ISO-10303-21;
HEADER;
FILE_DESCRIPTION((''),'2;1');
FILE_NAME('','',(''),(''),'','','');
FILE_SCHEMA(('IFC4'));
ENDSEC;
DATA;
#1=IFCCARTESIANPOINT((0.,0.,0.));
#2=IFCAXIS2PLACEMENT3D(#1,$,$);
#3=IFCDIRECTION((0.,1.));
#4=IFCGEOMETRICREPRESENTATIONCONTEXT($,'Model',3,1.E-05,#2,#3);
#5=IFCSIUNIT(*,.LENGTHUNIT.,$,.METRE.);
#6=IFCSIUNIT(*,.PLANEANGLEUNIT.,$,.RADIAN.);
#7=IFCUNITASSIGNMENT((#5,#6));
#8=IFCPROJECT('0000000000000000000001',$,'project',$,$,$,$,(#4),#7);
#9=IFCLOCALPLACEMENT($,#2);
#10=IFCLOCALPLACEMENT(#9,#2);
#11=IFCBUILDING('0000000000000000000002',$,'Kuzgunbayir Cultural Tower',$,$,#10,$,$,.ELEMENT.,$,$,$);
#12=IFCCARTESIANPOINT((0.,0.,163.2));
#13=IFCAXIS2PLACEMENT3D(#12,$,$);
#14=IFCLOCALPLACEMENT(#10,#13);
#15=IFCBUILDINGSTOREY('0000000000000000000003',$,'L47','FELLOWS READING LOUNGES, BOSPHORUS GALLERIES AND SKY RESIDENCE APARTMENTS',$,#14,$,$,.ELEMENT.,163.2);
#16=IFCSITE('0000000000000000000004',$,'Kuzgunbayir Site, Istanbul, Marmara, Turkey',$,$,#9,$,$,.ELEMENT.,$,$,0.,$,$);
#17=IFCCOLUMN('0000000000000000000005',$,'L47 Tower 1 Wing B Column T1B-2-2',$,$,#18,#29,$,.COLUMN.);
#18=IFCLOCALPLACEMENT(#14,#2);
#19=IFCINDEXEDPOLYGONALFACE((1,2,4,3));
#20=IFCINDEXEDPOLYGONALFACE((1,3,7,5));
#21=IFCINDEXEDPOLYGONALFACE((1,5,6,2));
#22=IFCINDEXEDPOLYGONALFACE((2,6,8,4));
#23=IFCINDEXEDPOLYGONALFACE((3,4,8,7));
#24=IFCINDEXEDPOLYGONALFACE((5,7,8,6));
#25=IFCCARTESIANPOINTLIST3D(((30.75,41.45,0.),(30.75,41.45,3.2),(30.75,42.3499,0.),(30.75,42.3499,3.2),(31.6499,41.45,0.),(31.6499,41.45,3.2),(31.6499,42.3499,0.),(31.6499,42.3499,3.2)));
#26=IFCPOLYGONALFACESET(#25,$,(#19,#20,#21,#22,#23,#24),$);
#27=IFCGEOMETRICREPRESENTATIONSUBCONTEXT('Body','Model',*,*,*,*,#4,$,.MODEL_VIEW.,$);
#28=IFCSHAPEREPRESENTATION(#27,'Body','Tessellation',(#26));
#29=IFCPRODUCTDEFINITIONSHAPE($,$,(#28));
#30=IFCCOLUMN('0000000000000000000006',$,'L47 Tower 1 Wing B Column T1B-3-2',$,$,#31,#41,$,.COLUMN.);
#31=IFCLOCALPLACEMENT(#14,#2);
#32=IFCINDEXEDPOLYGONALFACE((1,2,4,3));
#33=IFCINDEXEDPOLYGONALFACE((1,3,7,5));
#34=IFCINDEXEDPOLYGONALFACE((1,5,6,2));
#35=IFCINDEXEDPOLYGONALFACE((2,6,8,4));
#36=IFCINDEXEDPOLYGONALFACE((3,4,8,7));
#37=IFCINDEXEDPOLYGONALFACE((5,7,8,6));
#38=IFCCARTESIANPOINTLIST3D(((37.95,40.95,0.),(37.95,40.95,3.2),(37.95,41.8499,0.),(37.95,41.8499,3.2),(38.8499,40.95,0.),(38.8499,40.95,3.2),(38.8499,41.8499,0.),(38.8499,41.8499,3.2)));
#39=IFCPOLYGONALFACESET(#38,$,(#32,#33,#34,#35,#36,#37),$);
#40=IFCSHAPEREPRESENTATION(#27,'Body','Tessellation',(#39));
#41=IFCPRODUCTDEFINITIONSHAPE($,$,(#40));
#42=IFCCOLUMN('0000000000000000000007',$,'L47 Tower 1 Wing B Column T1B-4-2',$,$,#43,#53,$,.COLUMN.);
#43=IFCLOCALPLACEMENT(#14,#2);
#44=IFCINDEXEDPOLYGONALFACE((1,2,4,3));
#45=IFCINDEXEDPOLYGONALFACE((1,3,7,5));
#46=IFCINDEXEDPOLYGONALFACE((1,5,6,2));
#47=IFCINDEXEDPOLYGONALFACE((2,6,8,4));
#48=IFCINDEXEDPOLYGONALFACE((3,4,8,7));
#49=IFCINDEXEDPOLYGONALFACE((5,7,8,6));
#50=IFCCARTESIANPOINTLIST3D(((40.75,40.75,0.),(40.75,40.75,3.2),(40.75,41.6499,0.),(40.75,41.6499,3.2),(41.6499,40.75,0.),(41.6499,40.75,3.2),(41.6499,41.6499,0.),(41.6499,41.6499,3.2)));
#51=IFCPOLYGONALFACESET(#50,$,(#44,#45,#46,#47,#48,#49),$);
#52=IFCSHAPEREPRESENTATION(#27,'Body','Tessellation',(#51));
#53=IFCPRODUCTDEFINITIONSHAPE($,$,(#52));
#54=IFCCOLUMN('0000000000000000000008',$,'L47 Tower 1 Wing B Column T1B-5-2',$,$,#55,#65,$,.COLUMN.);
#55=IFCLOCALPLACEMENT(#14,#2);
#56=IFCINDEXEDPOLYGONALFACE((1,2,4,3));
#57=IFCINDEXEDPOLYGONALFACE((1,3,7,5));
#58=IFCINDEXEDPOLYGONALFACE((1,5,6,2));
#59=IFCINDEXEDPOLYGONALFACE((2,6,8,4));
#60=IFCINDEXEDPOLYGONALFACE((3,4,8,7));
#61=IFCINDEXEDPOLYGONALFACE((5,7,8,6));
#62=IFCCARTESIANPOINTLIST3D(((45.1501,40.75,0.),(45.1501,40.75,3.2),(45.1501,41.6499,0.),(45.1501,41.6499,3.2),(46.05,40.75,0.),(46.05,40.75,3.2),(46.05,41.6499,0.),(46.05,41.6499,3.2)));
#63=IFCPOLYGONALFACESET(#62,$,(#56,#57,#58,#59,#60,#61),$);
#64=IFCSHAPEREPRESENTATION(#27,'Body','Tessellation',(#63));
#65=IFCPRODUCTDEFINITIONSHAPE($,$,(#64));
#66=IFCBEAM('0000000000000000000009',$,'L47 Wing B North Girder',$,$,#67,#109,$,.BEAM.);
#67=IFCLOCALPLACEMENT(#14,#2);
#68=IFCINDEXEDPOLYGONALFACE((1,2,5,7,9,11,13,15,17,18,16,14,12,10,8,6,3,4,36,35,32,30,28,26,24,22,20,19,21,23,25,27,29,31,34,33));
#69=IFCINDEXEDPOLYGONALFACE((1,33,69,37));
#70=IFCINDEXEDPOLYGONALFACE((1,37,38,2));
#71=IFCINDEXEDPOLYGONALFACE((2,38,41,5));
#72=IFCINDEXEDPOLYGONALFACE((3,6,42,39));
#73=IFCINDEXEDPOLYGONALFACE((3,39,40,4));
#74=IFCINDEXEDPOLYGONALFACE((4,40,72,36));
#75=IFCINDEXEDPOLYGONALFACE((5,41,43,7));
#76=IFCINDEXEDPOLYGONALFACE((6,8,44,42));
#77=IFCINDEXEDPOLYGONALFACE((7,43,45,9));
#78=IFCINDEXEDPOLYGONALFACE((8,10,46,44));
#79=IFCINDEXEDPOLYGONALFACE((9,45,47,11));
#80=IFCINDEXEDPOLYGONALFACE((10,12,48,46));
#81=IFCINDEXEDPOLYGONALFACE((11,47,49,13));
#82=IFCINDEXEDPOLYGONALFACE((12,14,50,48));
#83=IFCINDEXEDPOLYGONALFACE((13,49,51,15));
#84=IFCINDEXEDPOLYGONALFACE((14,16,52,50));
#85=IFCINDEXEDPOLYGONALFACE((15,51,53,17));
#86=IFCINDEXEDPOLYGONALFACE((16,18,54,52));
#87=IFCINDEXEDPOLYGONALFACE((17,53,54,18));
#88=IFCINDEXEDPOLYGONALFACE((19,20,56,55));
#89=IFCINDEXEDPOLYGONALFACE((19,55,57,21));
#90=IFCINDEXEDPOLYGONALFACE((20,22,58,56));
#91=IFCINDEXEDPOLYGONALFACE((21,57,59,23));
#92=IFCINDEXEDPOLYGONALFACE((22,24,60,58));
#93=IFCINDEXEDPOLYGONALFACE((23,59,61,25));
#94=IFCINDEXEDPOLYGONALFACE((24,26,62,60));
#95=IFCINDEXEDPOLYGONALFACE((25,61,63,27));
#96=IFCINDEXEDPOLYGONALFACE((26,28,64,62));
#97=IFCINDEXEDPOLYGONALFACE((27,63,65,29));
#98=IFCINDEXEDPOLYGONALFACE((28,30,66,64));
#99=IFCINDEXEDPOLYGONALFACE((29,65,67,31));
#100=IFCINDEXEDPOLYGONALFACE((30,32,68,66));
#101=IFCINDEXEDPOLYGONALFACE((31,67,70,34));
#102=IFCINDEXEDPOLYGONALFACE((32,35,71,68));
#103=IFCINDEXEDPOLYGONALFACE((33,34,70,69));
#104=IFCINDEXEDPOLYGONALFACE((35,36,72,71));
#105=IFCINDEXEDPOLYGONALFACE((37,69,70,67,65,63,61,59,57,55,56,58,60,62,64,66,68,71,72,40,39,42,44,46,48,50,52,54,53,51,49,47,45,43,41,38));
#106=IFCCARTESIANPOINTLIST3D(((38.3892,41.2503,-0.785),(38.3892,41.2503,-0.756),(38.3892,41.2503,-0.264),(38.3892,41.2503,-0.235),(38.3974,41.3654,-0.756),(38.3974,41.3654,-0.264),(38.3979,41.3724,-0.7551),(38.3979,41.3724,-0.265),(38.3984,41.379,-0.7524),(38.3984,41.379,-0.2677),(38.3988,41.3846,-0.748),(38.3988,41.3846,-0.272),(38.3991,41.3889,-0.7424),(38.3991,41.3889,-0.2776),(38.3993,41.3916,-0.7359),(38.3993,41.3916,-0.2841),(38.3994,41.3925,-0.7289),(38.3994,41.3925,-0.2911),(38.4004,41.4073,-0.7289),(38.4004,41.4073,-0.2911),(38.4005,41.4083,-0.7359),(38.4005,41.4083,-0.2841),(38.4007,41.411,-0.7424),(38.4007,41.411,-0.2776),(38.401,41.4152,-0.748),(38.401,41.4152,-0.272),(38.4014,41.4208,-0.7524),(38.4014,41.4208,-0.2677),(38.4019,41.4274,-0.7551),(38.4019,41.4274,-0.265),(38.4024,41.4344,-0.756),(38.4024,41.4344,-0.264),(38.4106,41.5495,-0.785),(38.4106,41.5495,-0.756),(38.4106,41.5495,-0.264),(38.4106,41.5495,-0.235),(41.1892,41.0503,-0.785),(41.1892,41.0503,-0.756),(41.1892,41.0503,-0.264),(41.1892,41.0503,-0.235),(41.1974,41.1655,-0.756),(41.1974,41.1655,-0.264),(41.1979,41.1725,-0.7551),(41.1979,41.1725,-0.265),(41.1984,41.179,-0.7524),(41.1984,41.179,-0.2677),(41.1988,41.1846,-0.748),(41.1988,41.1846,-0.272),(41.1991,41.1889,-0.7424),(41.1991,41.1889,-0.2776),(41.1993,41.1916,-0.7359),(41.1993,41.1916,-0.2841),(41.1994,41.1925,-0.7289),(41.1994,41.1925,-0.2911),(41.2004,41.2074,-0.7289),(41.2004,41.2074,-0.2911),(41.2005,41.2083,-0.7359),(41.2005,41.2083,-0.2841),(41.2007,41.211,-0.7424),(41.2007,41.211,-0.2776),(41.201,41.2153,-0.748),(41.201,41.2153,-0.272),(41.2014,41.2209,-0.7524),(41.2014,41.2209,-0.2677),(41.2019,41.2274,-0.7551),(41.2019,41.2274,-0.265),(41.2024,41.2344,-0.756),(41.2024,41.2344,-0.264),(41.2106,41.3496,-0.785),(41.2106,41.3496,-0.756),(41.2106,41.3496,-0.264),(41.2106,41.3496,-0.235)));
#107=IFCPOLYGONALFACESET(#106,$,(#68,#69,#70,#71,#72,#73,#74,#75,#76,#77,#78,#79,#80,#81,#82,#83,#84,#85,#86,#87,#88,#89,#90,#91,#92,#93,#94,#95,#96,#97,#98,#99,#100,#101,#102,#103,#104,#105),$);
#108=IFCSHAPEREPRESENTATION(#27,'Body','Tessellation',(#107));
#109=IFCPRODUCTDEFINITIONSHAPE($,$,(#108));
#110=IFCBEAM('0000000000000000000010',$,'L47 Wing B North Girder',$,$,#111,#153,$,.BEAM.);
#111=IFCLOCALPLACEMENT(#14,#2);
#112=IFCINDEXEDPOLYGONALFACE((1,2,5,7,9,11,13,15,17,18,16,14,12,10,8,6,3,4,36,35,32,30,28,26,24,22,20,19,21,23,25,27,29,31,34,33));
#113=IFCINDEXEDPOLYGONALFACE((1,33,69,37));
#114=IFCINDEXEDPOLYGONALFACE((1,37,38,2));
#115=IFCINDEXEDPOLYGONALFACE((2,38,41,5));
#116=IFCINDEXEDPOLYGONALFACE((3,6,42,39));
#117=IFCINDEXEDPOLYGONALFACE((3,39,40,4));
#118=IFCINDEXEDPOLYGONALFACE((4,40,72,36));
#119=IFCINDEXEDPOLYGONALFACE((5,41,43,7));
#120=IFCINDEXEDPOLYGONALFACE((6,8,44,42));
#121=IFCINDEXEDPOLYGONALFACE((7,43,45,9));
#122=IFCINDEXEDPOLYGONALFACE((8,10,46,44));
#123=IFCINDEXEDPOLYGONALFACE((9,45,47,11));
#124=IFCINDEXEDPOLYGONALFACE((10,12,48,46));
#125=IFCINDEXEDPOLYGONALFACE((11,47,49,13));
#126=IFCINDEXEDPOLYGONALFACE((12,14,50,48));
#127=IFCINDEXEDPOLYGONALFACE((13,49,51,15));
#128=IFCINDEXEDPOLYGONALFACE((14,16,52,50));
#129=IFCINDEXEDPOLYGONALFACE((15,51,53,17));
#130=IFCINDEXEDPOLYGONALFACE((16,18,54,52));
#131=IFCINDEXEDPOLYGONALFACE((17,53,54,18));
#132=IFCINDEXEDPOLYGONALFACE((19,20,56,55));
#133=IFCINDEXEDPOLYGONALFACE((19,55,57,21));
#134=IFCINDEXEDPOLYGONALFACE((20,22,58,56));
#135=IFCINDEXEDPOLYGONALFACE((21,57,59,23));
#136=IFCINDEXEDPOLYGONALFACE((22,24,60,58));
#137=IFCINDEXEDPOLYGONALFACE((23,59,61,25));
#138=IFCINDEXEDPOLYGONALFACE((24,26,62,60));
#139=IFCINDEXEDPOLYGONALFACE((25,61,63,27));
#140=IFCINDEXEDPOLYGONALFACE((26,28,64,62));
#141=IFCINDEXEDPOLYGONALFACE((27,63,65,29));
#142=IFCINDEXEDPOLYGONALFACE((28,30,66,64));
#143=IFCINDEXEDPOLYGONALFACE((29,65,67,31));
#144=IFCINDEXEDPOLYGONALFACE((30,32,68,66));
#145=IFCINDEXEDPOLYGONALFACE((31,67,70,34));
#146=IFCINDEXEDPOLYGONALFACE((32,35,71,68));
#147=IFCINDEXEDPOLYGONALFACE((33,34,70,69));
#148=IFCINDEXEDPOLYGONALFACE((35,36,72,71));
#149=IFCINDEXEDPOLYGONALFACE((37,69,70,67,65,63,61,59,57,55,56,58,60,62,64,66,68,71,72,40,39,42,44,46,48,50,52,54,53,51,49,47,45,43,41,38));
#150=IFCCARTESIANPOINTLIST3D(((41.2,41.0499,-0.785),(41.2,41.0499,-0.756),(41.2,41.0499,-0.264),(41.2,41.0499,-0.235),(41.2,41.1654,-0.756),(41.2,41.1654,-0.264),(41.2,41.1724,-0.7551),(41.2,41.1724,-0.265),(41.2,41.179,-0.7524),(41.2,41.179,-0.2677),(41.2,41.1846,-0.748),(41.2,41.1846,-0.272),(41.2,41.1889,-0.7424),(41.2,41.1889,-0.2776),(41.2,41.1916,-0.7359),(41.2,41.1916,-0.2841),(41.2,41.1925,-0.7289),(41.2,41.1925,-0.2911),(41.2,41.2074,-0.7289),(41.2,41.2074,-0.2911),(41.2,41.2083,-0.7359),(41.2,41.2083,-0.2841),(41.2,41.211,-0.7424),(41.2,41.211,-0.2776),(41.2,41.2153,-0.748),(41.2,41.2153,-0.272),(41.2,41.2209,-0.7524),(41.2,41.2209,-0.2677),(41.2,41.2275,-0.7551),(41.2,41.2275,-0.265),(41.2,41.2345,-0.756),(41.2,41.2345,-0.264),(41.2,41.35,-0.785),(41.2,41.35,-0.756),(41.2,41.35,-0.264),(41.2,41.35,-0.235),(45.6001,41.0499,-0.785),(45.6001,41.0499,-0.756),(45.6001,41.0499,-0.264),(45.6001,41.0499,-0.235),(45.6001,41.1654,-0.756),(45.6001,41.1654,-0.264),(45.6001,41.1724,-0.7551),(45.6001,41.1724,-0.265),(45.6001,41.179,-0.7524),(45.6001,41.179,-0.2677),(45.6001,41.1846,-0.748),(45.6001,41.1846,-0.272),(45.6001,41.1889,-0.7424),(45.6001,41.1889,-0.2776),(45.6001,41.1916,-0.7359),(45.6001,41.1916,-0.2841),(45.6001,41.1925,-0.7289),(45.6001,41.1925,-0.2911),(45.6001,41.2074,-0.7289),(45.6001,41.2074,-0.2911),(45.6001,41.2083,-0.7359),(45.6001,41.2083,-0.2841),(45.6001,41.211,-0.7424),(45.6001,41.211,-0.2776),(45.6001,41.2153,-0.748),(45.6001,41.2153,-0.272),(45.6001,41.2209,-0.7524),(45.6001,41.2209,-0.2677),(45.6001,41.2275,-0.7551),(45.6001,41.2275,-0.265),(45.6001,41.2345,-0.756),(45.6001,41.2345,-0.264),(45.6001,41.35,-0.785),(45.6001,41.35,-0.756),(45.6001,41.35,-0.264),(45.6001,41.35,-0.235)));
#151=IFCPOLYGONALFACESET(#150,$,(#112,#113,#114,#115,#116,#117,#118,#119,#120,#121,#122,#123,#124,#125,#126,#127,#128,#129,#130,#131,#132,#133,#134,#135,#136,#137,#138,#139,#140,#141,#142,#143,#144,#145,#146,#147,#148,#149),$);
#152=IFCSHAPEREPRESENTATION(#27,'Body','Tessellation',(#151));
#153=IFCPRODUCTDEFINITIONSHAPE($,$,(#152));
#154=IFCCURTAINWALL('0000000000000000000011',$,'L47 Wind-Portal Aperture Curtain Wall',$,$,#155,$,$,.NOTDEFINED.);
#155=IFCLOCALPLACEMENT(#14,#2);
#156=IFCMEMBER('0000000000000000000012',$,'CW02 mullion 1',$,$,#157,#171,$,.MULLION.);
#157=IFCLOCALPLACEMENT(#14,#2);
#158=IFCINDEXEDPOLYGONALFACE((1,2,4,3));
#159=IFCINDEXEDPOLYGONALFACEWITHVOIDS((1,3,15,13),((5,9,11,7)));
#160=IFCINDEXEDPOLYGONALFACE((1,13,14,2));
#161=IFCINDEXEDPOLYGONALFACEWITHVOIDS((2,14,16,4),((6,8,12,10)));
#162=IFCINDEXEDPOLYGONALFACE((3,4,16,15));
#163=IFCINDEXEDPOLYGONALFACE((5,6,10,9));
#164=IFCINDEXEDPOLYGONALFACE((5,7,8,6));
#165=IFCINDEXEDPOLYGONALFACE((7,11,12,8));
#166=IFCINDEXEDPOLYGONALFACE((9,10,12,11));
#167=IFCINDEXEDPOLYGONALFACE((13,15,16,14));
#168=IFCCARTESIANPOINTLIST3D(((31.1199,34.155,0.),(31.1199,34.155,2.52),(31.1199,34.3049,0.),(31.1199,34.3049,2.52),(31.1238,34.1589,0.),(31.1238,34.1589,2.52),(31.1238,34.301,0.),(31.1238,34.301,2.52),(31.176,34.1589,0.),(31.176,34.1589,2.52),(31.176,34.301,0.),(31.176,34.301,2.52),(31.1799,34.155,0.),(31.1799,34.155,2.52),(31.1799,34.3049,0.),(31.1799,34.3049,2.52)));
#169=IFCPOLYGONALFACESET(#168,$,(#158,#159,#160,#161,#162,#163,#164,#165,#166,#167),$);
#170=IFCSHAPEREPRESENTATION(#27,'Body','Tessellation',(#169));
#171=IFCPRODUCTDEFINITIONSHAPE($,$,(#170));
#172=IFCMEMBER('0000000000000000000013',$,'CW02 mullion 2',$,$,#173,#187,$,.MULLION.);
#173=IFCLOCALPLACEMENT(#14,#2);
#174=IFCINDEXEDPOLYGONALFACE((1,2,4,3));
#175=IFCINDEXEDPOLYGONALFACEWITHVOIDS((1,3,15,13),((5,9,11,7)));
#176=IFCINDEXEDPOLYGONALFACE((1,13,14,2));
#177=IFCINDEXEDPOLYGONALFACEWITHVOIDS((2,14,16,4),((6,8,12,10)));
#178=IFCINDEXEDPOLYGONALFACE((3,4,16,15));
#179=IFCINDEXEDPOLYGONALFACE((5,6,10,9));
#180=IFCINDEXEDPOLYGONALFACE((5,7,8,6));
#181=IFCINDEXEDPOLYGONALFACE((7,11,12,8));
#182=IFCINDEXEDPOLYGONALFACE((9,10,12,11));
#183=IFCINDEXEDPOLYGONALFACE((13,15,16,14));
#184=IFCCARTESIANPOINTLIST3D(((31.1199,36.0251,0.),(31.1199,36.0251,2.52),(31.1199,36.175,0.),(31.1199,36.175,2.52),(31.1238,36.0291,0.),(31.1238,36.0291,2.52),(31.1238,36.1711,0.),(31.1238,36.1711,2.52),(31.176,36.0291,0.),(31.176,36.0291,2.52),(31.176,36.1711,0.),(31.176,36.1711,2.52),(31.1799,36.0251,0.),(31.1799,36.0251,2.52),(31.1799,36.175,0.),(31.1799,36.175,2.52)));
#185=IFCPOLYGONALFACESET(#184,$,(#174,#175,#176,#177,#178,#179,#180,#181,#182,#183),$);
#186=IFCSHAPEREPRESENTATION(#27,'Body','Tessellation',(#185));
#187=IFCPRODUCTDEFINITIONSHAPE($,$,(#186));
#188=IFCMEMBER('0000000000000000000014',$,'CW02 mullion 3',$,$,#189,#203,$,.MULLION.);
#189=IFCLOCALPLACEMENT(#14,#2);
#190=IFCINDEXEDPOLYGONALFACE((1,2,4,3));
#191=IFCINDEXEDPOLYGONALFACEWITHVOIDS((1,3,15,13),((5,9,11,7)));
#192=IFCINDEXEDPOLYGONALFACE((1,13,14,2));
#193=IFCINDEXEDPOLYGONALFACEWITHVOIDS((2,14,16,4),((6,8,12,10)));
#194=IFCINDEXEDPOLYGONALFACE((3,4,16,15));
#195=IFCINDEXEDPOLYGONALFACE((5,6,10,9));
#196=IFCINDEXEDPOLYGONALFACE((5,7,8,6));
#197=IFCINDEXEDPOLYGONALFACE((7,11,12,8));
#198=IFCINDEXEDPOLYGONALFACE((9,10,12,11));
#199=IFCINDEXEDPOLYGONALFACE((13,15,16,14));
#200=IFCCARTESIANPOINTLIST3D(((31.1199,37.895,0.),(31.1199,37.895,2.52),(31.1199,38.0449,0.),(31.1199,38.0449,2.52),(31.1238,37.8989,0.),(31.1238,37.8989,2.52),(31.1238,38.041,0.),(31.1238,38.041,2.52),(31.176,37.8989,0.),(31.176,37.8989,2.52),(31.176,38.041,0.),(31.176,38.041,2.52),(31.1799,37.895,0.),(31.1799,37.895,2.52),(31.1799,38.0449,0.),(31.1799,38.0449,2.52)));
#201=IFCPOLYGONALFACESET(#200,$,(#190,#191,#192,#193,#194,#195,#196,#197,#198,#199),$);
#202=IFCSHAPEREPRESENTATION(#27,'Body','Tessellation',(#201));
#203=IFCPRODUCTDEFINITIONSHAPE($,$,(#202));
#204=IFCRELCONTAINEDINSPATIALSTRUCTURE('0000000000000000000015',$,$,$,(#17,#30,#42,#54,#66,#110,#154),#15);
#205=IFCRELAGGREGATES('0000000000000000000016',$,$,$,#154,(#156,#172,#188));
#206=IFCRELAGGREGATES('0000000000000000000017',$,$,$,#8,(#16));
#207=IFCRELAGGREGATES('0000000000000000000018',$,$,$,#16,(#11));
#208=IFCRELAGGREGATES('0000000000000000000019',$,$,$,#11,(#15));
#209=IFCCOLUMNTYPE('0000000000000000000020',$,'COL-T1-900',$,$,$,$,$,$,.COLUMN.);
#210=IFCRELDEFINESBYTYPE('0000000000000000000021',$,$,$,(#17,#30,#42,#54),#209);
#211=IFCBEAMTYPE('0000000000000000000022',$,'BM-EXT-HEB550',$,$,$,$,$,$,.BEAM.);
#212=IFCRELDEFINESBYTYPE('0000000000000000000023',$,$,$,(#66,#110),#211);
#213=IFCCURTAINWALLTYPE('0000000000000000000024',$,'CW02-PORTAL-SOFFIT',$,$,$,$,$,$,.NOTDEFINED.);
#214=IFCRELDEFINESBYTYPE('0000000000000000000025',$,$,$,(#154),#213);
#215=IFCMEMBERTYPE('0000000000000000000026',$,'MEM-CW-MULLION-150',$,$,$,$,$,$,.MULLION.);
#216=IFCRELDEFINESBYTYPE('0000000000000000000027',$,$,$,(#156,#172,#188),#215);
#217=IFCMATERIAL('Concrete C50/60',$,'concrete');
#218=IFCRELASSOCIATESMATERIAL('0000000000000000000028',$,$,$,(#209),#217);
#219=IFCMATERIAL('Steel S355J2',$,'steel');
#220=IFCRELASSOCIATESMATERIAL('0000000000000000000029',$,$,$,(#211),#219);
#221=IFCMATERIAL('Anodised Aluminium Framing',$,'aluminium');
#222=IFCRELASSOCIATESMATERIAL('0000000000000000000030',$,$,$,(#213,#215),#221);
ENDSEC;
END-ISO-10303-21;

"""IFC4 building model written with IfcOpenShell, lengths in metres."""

from ifc_helpers import new_model, si_unit, direction, frame, origin, origin_2d, place, context, subcontext, project, spatial, rectangle, hollow_rectangle, i_section, extrude, material, material_profile, profile_set, type_object, element, aggregate, save


model = new_model("IFC4")

# Units and contexts
model_context = context("Model", 3, precision=1e-05, world=origin(), true_north=direction((0.0, 1.0)))
body_context = subcontext(model_context, "Body", "Model", "MODEL_VIEW")
ifc_project = project(units=[si_unit("LENGTHUNIT", "METRE"), si_unit("PLANEANGLEUNIT", "RADIAN")], contexts=[model_context])

# Site, building, storey
site_placement = place(None, origin())
site = spatial("IfcSite", under=ifc_project, at=site_placement, Name="Kuzgunbayir Site, Istanbul, Marmara, Turkey", CompositionType="ELEMENT", RefElevation=0.0)
building_placement = place(site_placement, origin())
building = spatial("IfcBuilding", under=site, at=building_placement, Name="Kuzgunbayir Cultural Tower", CompositionType="ELEMENT")
storey_placement = place(building_placement, frame((0.0, 0.0, 163.2)))
storey = spatial("IfcBuildingStorey", under=building, at=storey_placement, Name="L47", Description="FELLOWS READING LOUNGES, BOSPHORUS GALLERIES AND SKY RESIDENCE APARTMENTS", CompositionType="ELEMENT", Elevation=163.2)

# Columns
ifc_material_1 = material(Name="Concrete C50/60", Category="concrete")
ifc_material_profile_1 = material_profile(ifc_material_1, rectangle(XDim=0.8999, YDim=0.8999, at=origin_2d()), Name="RC 900x900")
ifc_profile_set_1 = profile_set([ifc_material_profile_1], Name="Concrete C50/60")
column_type = type_object("IfcColumnType", Name="COL-T1-900", PredefinedType="COLUMN", material=ifc_profile_set_1)
for number, where, z_axis, x_axis, name in (
    (1, (31.2, 41.8999, 0.0), (0.0, 0.0, 1.0), (1.0, 0.0, 0.0), "L47 Tower 1 Wing B Column T1B-2-2"),
    (2, (38.3999, 41.3999, 0.0), (0.0, 0.0, 1.0), (1.0, 0.0, 0.0), "L47 Tower 1 Wing B Column T1B-3-2"),
    (3, (41.2, 41.2, 0.0), (0.0, 0.0, 1.0), (1.0, 0.0, 0.0), "L47 Tower 1 Wing B Column T1B-4-2"),
    (4, (45.6001, 41.2, 0.0), (0.0, 0.0, 1.0), (1.0, 0.0, 0.0), "L47 Tower 1 Wing B Column T1B-5-2"),
):
    element("IfcColumn", number, at=place(storey_placement, frame(where, z_axis=z_axis, x_axis=x_axis)), inside=storey, type_object=column_type, Name=name, PredefinedType="COLUMN", context=body_context, shape_type="SweptSolid", body=[
        extrude(rectangle(XDim=0.8999, YDim=0.8999, at=origin_2d()), origin(), (0.0, 0.0, 1.0), 3.2),
    ])

# Beams
ifc_material_2 = material(Name="Steel S355J2", Category="steel")
ifc_material_profile_2 = material_profile(ifc_material_2, i_section(OverallWidth=0.3, OverallDepth=0.55, WebThickness=0.0149, FlangeThickness=0.0291, FilletRadius=0.0271, at=origin_2d()), Name="HEB 550")
ifc_profile_set_2 = profile_set([ifc_material_profile_2], Name="Steel S355J2")
beam_type = type_object("IfcBeamType", Name="BM-EXT-HEB550", PredefinedType="BEAM", material=ifc_profile_set_2)
beam_1_placement = place(storey_placement, frame((38.3999, 41.3999, -0.51), z_axis=(0.99746, -0.071229, 0.0), x_axis=(0.071229, 0.99746, 0.0)))
element("IfcBeam", 5, at=beam_1_placement, inside=storey, type_object=beam_type, Name="L47 Wing B North Girder", PredefinedType="BEAM", context=body_context, shape_type="SweptSolid", body=[
    extrude(i_section(OverallWidth=0.3, OverallDepth=0.55, WebThickness=0.0149, FlangeThickness=0.0291, FilletRadius=0.0271, at=origin_2d()), origin(), (0.0, 0.0, 1.0), 2.8071),
])
beam_2_placement = place(storey_placement, frame((41.2, 41.2, -0.51), z_axis=(1.0, 0.0, 0.0), x_axis=(0.0, 1.0, 0.0)))
element("IfcBeam", 6, at=beam_2_placement, inside=storey, type_object=beam_type, Name="L47 Wing B North Girder", PredefinedType="BEAM", context=body_context, shape_type="SweptSolid", body=[
    extrude(i_section(OverallWidth=0.3, OverallDepth=0.55, WebThickness=0.0149, FlangeThickness=0.0291, FilletRadius=0.0271, at=origin_2d()), origin(), (0.0, 0.0, 1.0), 4.4001),
])

# Curtain wall, members
ifc_material_3 = material(Name="Anodised Aluminium Framing", Category="aluminium")
curtain_wall_type = type_object("IfcCurtainWallType", Name="CW02-PORTAL-SOFFIT", PredefinedType="NOTDEFINED", material=ifc_material_3)
curtain_wall_placement = place(storey_placement, origin())
curtain_wall = element("IfcCurtainWall", 7, at=curtain_wall_placement, inside=storey, type_object=curtain_wall_type, Name="L47 Wind-Portal Aperture Curtain Wall", PredefinedType="NOTDEFINED")
ifc_material_profile_3 = material_profile(ifc_material_3, hollow_rectangle(XDim=0.0601, YDim=0.1499, WallThickness=0.0039, at=origin_2d()), Name="RHS 150x60x4")
ifc_profile_set_3 = profile_set([ifc_material_profile_3], Name="Anodised Aluminium Framing")
member_type_1 = type_object("IfcMemberType", Name="MEM-CW-MULLION-150", PredefinedType="MULLION", material=ifc_profile_set_3)
member_1_placement = place(storey_placement, frame((31.1499, 34.23, 0.0), z_axis=(0.0, 0.0, 1.0), x_axis=(-1.0, 0.0, 0.0)))
member_1 = element("IfcMember", 8, at=member_1_placement, type_object=member_type_1, Name="CW02 mullion 1", PredefinedType="MULLION", context=body_context, shape_type="SweptSolid", body=[
    extrude(hollow_rectangle(XDim=0.0601, YDim=0.1499, WallThickness=0.0039, at=origin_2d()), origin(), (0.0, 0.0, 1.0), 2.52),
])
member_2_placement = place(storey_placement, frame((31.1499, 36.1001, 0.0), z_axis=(0.0, 0.0, 1.0), x_axis=(-1.0, 0.0, 0.0)))
member_2 = element("IfcMember", 9, at=member_2_placement, type_object=member_type_1, Name="CW02 mullion 2", PredefinedType="MULLION", context=body_context, shape_type="SweptSolid", body=[
    extrude(hollow_rectangle(XDim=0.0601, YDim=0.1499, WallThickness=0.0039, at=origin_2d()), origin(), (0.0, 0.0, 1.0), 2.52),
])
member_3_placement = place(storey_placement, frame((31.1499, 37.97, 0.0), z_axis=(0.0, 0.0, 1.0), x_axis=(-1.0, 0.0, 0.0)))
member_3 = element("IfcMember", 10, at=member_3_placement, type_object=member_type_1, Name="CW02 mullion 3", PredefinedType="MULLION", context=body_context, shape_type="SweptSolid", body=[
    extrude(hollow_rectangle(XDim=0.0601, YDim=0.1499, WallThickness=0.0039, at=origin_2d()), origin(), (0.0, 0.0, 1.0), 2.52),
])
aggregate(curtain_wall, [member_1, member_2, member_3])

save(model, "model.ifc")
